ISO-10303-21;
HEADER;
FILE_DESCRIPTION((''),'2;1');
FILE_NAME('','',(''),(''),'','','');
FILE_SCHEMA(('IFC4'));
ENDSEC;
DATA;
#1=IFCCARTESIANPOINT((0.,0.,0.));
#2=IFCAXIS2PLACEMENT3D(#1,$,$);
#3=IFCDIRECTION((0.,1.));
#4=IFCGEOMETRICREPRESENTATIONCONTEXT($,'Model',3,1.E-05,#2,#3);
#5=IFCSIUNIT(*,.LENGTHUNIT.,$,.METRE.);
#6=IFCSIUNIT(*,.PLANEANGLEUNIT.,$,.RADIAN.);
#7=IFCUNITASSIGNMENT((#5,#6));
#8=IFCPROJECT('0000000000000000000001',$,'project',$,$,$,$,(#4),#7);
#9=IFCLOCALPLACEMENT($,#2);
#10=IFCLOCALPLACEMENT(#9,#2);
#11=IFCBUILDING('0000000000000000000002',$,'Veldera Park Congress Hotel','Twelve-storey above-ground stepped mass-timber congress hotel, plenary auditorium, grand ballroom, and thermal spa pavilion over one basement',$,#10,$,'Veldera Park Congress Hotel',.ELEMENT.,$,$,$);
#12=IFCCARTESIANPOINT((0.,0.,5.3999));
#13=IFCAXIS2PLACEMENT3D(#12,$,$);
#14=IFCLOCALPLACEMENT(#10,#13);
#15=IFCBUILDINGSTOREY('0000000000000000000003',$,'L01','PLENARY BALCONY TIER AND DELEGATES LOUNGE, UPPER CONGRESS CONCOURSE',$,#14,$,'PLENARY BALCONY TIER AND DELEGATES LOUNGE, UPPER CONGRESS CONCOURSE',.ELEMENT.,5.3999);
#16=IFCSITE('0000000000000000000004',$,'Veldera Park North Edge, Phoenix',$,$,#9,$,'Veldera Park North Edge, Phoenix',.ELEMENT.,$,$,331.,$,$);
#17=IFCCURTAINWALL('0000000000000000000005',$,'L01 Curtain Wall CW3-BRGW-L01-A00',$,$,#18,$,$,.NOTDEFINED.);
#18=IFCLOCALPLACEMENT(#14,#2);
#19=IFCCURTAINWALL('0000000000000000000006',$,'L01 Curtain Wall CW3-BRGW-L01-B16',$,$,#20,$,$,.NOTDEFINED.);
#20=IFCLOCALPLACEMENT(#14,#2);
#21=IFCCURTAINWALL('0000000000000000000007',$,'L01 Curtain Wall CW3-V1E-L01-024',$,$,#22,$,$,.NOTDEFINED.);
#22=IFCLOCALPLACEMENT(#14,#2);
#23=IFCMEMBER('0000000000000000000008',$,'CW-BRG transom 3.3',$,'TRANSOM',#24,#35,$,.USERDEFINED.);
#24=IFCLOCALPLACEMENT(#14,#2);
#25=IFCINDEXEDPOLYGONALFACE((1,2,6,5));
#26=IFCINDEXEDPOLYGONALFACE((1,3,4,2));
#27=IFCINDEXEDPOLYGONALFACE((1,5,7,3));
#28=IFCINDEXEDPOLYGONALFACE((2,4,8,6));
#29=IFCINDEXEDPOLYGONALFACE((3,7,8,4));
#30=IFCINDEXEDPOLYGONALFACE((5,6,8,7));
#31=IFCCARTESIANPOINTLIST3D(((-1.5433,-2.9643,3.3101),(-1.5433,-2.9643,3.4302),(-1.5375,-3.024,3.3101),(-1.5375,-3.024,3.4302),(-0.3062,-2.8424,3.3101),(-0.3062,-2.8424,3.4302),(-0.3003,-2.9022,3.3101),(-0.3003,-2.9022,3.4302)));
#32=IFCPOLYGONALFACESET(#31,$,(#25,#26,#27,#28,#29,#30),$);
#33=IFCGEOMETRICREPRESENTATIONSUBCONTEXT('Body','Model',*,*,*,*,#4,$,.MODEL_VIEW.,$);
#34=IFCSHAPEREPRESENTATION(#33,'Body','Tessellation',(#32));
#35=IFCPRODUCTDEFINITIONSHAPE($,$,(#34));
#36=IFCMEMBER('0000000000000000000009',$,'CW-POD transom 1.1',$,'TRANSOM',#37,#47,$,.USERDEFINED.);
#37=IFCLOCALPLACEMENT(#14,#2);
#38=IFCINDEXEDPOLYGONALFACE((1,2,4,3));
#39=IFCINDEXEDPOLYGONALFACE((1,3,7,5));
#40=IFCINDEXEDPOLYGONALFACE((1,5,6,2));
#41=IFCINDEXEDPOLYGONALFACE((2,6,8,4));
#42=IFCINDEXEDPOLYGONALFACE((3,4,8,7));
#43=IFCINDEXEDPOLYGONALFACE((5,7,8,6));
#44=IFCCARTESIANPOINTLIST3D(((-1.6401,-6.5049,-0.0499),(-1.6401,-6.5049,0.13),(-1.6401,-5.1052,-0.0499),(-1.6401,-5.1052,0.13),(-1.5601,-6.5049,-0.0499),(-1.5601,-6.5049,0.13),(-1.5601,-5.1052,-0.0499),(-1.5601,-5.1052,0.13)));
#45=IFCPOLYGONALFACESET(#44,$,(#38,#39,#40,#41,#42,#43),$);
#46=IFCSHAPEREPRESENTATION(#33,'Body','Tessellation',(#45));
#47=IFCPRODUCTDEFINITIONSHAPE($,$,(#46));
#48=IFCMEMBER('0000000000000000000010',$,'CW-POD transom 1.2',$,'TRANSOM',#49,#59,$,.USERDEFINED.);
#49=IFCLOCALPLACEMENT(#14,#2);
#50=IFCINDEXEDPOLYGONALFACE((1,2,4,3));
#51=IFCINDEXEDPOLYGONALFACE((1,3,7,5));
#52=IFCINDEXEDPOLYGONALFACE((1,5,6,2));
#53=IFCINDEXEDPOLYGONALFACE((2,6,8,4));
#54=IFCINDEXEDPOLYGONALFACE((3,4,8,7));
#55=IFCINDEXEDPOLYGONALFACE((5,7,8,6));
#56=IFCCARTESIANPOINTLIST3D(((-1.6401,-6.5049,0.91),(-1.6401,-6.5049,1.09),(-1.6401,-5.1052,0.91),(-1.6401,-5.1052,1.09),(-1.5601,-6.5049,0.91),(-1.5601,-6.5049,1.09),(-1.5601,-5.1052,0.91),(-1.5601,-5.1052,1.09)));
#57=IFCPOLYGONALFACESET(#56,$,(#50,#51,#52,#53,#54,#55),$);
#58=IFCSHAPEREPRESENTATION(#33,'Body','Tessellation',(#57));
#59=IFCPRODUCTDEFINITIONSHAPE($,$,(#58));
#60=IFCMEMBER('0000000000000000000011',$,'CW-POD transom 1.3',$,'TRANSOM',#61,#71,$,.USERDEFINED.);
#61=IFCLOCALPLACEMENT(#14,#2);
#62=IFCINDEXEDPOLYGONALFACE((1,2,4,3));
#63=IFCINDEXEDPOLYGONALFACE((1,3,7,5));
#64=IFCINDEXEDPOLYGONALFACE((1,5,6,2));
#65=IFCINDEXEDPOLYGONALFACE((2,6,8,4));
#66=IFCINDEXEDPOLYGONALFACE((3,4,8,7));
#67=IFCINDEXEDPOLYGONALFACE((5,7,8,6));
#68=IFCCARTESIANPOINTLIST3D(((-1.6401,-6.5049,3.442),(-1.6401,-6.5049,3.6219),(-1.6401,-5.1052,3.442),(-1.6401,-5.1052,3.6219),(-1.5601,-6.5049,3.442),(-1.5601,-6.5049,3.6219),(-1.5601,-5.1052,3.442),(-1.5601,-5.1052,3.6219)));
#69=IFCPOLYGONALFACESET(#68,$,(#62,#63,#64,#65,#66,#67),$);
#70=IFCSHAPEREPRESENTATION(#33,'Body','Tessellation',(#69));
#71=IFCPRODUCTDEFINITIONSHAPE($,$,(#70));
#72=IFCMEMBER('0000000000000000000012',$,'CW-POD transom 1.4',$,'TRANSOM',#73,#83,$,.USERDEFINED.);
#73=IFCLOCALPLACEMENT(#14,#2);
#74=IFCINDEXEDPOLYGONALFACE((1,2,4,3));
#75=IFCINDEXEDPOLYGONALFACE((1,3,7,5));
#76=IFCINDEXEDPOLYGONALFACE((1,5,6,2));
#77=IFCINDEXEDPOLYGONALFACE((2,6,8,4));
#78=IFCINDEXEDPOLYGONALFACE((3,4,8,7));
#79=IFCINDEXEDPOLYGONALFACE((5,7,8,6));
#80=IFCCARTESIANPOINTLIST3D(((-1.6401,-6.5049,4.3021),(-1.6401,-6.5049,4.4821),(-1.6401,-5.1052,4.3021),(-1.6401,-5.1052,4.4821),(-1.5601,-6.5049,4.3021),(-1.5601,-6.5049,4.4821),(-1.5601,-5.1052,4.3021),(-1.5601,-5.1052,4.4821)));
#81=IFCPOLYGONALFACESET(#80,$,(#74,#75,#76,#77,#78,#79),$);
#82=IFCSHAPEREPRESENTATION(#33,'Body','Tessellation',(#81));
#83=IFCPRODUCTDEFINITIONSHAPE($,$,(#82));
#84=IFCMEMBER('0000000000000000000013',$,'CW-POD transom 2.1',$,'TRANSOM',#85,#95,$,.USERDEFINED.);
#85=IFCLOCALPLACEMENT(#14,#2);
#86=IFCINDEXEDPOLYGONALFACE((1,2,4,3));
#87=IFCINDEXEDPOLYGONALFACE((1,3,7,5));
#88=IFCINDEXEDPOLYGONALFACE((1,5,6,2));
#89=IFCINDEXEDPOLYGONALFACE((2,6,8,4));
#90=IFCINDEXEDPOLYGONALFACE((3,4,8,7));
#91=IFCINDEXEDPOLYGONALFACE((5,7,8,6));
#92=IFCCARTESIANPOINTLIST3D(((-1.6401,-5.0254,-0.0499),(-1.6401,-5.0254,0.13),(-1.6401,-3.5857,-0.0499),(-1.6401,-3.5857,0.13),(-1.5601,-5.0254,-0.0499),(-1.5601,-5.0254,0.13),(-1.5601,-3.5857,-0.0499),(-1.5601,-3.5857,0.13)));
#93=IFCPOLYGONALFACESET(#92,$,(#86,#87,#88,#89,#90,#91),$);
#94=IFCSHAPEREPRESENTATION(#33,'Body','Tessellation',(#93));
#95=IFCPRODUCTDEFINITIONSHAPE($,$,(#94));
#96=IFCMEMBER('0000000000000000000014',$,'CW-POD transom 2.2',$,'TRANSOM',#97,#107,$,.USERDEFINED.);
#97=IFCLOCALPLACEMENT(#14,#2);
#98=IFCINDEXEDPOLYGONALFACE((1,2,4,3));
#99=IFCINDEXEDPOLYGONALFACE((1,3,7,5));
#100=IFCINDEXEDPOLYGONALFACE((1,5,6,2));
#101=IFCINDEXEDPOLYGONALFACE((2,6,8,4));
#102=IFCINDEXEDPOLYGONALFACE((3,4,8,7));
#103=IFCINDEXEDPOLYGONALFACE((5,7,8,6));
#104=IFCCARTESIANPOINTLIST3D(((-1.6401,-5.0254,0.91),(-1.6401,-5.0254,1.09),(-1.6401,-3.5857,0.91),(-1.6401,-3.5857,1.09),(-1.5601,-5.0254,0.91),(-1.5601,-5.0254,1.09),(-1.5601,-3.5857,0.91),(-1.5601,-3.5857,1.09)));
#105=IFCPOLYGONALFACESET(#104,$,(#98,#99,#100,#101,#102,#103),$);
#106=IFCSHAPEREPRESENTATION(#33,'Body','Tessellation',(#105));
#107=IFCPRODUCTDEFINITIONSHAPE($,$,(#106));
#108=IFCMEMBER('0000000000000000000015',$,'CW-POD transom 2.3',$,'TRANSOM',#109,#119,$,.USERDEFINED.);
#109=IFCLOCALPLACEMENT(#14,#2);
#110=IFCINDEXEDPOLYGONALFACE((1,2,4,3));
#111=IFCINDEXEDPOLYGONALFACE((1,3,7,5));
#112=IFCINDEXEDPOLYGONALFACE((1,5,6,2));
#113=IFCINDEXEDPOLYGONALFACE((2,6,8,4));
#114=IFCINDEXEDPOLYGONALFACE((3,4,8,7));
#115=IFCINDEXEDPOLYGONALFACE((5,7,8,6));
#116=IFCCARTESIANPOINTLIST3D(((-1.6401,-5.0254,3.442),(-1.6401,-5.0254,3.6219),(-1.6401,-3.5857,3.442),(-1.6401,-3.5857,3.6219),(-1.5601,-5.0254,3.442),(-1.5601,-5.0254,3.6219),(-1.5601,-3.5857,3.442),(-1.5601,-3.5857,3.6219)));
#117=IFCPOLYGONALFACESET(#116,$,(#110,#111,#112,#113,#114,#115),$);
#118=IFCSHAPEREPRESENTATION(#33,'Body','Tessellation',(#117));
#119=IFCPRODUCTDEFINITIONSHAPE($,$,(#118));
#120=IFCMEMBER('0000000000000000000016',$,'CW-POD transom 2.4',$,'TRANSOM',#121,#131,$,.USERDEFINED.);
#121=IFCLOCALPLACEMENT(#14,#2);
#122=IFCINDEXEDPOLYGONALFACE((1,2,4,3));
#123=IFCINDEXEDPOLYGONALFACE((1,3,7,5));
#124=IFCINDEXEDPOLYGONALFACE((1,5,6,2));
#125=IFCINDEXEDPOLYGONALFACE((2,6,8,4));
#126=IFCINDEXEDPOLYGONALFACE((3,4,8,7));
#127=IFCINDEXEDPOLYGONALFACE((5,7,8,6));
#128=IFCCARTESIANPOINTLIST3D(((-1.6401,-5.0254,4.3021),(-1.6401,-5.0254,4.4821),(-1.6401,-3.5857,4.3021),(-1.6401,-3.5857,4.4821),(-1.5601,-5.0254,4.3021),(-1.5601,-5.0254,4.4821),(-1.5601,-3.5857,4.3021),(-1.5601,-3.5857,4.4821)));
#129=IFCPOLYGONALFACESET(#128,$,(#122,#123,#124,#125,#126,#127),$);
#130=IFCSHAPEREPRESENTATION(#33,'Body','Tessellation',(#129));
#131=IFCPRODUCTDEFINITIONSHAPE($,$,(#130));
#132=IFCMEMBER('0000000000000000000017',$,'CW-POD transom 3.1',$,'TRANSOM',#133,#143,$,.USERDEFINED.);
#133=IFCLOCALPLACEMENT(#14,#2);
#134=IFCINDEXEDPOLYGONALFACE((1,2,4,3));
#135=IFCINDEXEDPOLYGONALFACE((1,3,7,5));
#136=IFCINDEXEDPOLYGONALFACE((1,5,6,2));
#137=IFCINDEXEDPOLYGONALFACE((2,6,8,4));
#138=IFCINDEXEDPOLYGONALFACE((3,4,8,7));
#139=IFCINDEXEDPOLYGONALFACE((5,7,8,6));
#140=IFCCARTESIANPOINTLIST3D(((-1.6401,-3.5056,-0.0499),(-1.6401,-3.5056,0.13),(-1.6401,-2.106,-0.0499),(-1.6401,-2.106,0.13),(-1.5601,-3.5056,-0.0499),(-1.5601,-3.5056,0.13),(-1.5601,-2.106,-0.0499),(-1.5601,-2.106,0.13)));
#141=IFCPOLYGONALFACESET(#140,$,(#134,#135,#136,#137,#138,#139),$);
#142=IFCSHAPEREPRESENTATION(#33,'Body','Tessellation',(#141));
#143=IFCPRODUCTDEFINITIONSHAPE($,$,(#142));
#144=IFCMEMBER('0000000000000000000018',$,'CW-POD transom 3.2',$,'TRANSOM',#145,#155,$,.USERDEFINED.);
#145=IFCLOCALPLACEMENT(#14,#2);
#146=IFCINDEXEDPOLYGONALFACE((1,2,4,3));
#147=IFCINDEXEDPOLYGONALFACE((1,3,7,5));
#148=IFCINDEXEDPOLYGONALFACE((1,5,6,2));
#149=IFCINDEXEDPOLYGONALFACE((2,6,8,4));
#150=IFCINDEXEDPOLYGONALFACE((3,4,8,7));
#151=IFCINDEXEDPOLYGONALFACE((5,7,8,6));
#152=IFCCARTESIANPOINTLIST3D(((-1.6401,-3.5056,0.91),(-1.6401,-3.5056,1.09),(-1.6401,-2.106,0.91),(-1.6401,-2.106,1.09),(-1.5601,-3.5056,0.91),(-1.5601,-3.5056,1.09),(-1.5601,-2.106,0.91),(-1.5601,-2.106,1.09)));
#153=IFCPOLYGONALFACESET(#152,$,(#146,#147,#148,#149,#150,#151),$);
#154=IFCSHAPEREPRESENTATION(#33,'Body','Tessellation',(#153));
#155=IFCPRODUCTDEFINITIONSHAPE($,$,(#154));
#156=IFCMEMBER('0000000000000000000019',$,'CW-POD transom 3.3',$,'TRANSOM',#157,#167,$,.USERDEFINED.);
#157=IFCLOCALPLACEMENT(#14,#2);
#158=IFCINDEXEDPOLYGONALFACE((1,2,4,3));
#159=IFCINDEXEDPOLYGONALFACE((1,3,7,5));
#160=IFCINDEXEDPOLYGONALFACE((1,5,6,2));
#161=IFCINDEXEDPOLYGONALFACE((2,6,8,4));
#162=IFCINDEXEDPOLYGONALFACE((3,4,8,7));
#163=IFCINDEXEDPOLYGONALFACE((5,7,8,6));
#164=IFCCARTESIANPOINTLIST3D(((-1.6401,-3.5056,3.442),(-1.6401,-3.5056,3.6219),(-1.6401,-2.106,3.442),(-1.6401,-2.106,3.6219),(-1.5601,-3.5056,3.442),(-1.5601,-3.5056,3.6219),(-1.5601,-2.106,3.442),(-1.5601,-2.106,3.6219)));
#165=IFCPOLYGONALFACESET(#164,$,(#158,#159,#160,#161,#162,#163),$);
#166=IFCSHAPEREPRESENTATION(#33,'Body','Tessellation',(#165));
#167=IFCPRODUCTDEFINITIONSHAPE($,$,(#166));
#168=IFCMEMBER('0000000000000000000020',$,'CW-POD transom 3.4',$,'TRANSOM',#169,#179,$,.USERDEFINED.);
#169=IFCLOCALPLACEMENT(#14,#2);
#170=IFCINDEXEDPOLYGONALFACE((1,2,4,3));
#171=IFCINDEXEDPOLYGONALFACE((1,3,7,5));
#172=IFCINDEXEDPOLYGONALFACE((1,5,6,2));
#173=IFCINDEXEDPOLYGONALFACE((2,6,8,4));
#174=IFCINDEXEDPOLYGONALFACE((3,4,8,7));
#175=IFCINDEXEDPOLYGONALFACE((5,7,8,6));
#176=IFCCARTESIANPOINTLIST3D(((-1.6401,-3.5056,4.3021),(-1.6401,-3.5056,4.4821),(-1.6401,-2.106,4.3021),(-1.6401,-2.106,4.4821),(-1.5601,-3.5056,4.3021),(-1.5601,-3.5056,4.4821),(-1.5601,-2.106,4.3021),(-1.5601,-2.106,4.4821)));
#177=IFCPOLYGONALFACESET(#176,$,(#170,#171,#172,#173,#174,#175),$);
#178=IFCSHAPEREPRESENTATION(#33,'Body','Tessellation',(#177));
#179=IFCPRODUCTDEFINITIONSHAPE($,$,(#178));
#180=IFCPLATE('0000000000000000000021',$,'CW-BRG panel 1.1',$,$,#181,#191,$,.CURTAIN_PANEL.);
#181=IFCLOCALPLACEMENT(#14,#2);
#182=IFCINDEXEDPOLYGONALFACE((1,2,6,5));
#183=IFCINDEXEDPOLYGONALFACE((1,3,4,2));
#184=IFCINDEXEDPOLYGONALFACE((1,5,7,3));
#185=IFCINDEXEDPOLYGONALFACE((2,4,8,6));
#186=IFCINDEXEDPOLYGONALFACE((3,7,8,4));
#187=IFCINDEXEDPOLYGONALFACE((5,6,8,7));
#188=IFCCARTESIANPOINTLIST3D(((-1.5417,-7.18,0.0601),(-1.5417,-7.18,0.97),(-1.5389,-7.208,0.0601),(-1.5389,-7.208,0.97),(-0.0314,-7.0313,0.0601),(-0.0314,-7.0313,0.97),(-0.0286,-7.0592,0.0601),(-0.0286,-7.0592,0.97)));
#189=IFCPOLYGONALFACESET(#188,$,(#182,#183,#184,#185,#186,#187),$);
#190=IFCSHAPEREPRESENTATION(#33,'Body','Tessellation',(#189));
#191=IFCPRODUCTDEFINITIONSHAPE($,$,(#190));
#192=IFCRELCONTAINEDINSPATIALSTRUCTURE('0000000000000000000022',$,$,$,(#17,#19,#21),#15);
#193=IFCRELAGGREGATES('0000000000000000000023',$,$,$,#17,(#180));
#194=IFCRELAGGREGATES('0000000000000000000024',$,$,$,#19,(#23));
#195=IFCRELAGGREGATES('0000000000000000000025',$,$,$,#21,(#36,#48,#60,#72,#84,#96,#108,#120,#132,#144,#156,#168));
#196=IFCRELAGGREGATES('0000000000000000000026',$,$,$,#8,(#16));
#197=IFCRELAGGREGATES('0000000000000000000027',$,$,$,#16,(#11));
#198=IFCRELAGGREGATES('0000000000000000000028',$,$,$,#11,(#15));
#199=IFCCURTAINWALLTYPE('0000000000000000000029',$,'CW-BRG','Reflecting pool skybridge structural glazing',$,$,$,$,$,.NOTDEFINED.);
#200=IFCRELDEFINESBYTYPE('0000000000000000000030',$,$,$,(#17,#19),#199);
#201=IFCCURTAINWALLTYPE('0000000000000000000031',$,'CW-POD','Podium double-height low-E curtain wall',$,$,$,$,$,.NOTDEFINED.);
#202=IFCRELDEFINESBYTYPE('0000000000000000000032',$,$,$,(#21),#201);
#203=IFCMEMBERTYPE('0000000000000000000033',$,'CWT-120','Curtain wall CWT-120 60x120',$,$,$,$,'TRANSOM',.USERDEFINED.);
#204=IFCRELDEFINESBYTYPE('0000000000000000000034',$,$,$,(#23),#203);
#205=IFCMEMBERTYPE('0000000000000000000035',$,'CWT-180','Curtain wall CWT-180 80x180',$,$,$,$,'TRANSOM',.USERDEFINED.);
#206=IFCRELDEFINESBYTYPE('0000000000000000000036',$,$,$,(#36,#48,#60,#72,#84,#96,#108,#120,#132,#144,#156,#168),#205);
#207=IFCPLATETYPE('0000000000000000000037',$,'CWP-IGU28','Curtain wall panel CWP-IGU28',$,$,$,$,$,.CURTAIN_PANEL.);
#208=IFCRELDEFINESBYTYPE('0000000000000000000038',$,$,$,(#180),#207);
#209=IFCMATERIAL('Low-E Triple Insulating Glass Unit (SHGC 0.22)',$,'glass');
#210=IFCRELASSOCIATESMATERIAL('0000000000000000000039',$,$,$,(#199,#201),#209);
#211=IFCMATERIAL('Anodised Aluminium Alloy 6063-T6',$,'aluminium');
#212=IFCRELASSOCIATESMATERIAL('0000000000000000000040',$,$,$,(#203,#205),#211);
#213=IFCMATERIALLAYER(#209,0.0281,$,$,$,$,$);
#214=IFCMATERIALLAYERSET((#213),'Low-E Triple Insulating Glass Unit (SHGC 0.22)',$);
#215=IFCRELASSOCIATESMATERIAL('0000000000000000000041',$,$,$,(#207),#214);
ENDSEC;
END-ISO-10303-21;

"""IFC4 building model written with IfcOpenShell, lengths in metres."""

from ifc_helpers import new_model, si_unit, direction, frame, origin, origin_2d, place, context, subcontext, project, spatial, rectangle, extrude, material, layer, layer_set, material_profile, profile_set, type_object, element, aggregate, save


model = new_model("IFC4")

# Units and contexts
model_context = context("Model", 3, precision=1e-05, world=origin(), true_north=direction((0.0, 1.0)))
body_context = subcontext(model_context, "Body", "Model", "MODEL_VIEW")
ifc_project = project(units=[si_unit("LENGTHUNIT", "METRE"), si_unit("PLANEANGLEUNIT", "RADIAN")], contexts=[model_context])

# Site, building, storey
site_placement = place(None, origin())
site = spatial("IfcSite", under=ifc_project, at=site_placement, Name="Veldera Park North Edge, Phoenix", LongName="Veldera Park North Edge, Phoenix", CompositionType="ELEMENT", RefElevation=331.0)
building_placement = place(site_placement, origin())
building = spatial("IfcBuilding", under=site, at=building_placement, Name="Veldera Park Congress Hotel", Description="Twelve-storey above-ground stepped mass-timber congress hotel, plenary auditorium, grand ballroom, and thermal spa pavilion over one basement", LongName="Veldera Park Congress Hotel", CompositionType="ELEMENT")
storey_placement = place(building_placement, frame((0.0, 0.0, 5.3999)))
storey = spatial("IfcBuildingStorey", under=building, at=storey_placement, Name="L01", Description="PLENARY BALCONY TIER AND DELEGATES LOUNGE, UPPER CONGRESS CONCOURSE", LongName="PLENARY BALCONY TIER AND DELEGATES LOUNGE, UPPER CONGRESS CONCOURSE", CompositionType="ELEMENT", Elevation=5.3999)

# Curtain wall
ifc_material_1 = material(Name="Low-E Triple Insulating Glass Unit (SHGC 0.22)", Category="glass")
curtain_wall_type_1 = type_object("IfcCurtainWallType", Name="CW-BRG", Description="Reflecting pool skybridge structural glazing", PredefinedType="NOTDEFINED", material=ifc_material_1)
curtain_wall_1_placement = place(storey_placement, origin())
curtain_wall_1 = element("IfcCurtainWall", 1, at=curtain_wall_1_placement, inside=storey, type_object=curtain_wall_type_1, Name="L01 Curtain Wall CW3-BRGW-L01-A00", PredefinedType="NOTDEFINED")
ifc_material_2 = material(Name="Anodised Aluminium Alloy 6063-T6", Category="aluminium")

# Curtain wall
curtain_wall_2_placement = place(storey_placement, origin())
curtain_wall_2 = element("IfcCurtainWall", 2, at=curtain_wall_2_placement, inside=storey, type_object=curtain_wall_type_1, Name="L01 Curtain Wall CW3-BRGW-L01-B16", PredefinedType="NOTDEFINED")

# Shared definitions
curtain_wall_type_2 = type_object("IfcCurtainWallType", Name="CW-POD", Description="Podium double-height low-E curtain wall", PredefinedType="NOTDEFINED", material=ifc_material_1)

# Curtain wall
curtain_wall_3_placement = place(storey_placement, origin())
curtain_wall_3 = element("IfcCurtainWall", 3, at=curtain_wall_3_placement, inside=storey, type_object=curtain_wall_type_2, Name="L01 Curtain Wall CW3-V1E-L01-024", PredefinedType="NOTDEFINED")

# Members
ifc_material_profile_1 = material_profile(ifc_material_2, rectangle(XDim=0.0601, YDim=0.1201, at=origin_2d()), Name="ALU 60x120")
ifc_profile_set_1 = profile_set([ifc_material_profile_1], Name="Anodised Aluminium Alloy 6063-T6")
member_type_1 = type_object("IfcMemberType", Name="CWT-120", Description="Curtain wall CWT-120 60x120", ElementType="TRANSOM", PredefinedType="USERDEFINED", material=ifc_profile_set_1)
member_1_placement = place(storey_placement, frame((-0.3032, -2.8723, 3.3701), z_axis=(-0.995186, -0.098006, 0.0), x_axis=(0.098006, -0.995186, 0.0)))
member_1 = element("IfcMember", 4, at=member_1_placement, type_object=member_type_1, Name="CW-BRG transom 3.3", ObjectType="TRANSOM", PredefinedType="USERDEFINED", context=body_context, shape_type="SweptSolid", body=[
    extrude(rectangle(XDim=0.0601, YDim=0.1201, at=origin_2d()), origin(), (0.0, 0.0, 1.0), 1.2432),
])
ifc_material_profile_2 = material_profile(ifc_material_2, rectangle(XDim=0.0801, YDim=0.1799, at=origin_2d()), Name="ALU 80x180")
ifc_profile_set_2 = profile_set([ifc_material_profile_2], Name="Anodised Aluminium Alloy 6063-T6")
member_type_2 = type_object("IfcMemberType", Name="CWT-180", Description="Curtain wall CWT-180 80x180", ElementType="TRANSOM", PredefinedType="USERDEFINED", material=ifc_profile_set_2)
member_2_placement = place(storey_placement, frame((-1.6001, -6.5049, 0.04), z_axis=(0.0, 1.0, 0.0), x_axis=(-1.0, 0.0, 0.0)))
member_2 = element("IfcMember", 5, at=member_2_placement, type_object=member_type_2, Name="CW-POD transom 1.1", ObjectType="TRANSOM", PredefinedType="USERDEFINED", context=body_context, shape_type="SweptSolid", body=[
    extrude(rectangle(XDim=0.0801, YDim=0.1799, at=origin_2d()), origin(), (0.0, 0.0, 1.0), 1.3997),
])
member_3_placement = place(storey_placement, frame((-1.6001, -6.5049, 1.0), z_axis=(0.0, 1.0, 0.0), x_axis=(-1.0, 0.0, 0.0)))
member_3 = element("IfcMember", 6, at=member_3_placement, type_object=member_type_2, Name="CW-POD transom 1.2", ObjectType="TRANSOM", PredefinedType="USERDEFINED", context=body_context, shape_type="SweptSolid", body=[
    extrude(rectangle(XDim=0.0801, YDim=0.1799, at=origin_2d()), origin(), (0.0, 0.0, 1.0), 1.3997),
])
member_4_placement = place(storey_placement, frame((-1.6001, -6.5049, 3.532), z_axis=(0.0, 1.0, 0.0), x_axis=(-1.0, 0.0, 0.0)))
member_4 = element("IfcMember", 7, at=member_4_placement, type_object=member_type_2, Name="CW-POD transom 1.3", ObjectType="TRANSOM", PredefinedType="USERDEFINED", context=body_context, shape_type="SweptSolid", body=[
    extrude(rectangle(XDim=0.0801, YDim=0.1799, at=origin_2d()), origin(), (0.0, 0.0, 1.0), 1.3997),
])
member_5_placement = place(storey_placement, frame((-1.6001, -6.5049, 4.3921), z_axis=(0.0, 1.0, 0.0), x_axis=(-1.0, 0.0, 0.0)))
member_5 = element("IfcMember", 8, at=member_5_placement, type_object=member_type_2, Name="CW-POD transom 1.4", ObjectType="TRANSOM", PredefinedType="USERDEFINED", context=body_context, shape_type="SweptSolid", body=[
    extrude(rectangle(XDim=0.0801, YDim=0.1799, at=origin_2d()), origin(), (0.0, 0.0, 1.0), 1.3997),
])
member_6_placement = place(storey_placement, frame((-1.6001, -5.0254, 0.04), z_axis=(0.0, 1.0, 0.0), x_axis=(-1.0, 0.0, 0.0)))
member_6 = element("IfcMember", 9, at=member_6_placement, type_object=member_type_2, Name="CW-POD transom 2.1", ObjectType="TRANSOM", PredefinedType="USERDEFINED", context=body_context, shape_type="SweptSolid", body=[
    extrude(rectangle(XDim=0.0801, YDim=0.1799, at=origin_2d()), origin(), (0.0, 0.0, 1.0), 1.4397),
])
member_7_placement = place(storey_placement, frame((-1.6001, -5.0254, 1.0), z_axis=(0.0, 1.0, 0.0), x_axis=(-1.0, 0.0, 0.0)))
member_7 = element("IfcMember", 10, at=member_7_placement, type_object=member_type_2, Name="CW-POD transom 2.2", ObjectType="TRANSOM", PredefinedType="USERDEFINED", context=body_context, shape_type="SweptSolid", body=[
    extrude(rectangle(XDim=0.0801, YDim=0.1799, at=origin_2d()), origin(), (0.0, 0.0, 1.0), 1.4397),
])
member_8_placement = place(storey_placement, frame((-1.6001, -5.0254, 3.532), z_axis=(0.0, 1.0, 0.0), x_axis=(-1.0, 0.0, 0.0)))
member_8 = element("IfcMember", 11, at=member_8_placement, type_object=member_type_2, Name="CW-POD transom 2.3", ObjectType="TRANSOM", PredefinedType="USERDEFINED", context=body_context, shape_type="SweptSolid", body=[
    extrude(rectangle(XDim=0.0801, YDim=0.1799, at=origin_2d()), origin(), (0.0, 0.0, 1.0), 1.4397),
])
member_9_placement = place(storey_placement, frame((-1.6001, -5.0254, 4.3921), z_axis=(0.0, 1.0, 0.0), x_axis=(-1.0, 0.0, 0.0)))
member_9 = element("IfcMember", 12, at=member_9_placement, type_object=member_type_2, Name="CW-POD transom 2.4", ObjectType="TRANSOM", PredefinedType="USERDEFINED", context=body_context, shape_type="SweptSolid", body=[
    extrude(rectangle(XDim=0.0801, YDim=0.1799, at=origin_2d()), origin(), (0.0, 0.0, 1.0), 1.4397),
])
member_10_placement = place(storey_placement, frame((-1.6001, -3.5056, 0.04), z_axis=(0.0, 1.0, 0.0), x_axis=(-1.0, 0.0, 0.0)))
member_10 = element("IfcMember", 13, at=member_10_placement, type_object=member_type_2, Name="CW-POD transom 3.1", ObjectType="TRANSOM", PredefinedType="USERDEFINED", context=body_context, shape_type="SweptSolid", body=[
    extrude(rectangle(XDim=0.0801, YDim=0.1799, at=origin_2d()), origin(), (0.0, 0.0, 1.0), 1.3997),
])
member_11_placement = place(storey_placement, frame((-1.6001, -3.5056, 1.0), z_axis=(0.0, 1.0, 0.0), x_axis=(-1.0, 0.0, 0.0)))
member_11 = element("IfcMember", 14, at=member_11_placement, type_object=member_type_2, Name="CW-POD transom 3.2", ObjectType="TRANSOM", PredefinedType="USERDEFINED", context=body_context, shape_type="SweptSolid", body=[
    extrude(rectangle(XDim=0.0801, YDim=0.1799, at=origin_2d()), origin(), (0.0, 0.0, 1.0), 1.3997),
])
member_12_placement = place(storey_placement, frame((-1.6001, -3.5056, 3.532), z_axis=(0.0, 1.0, 0.0), x_axis=(-1.0, 0.0, 0.0)))
member_12 = element("IfcMember", 15, at=member_12_placement, type_object=member_type_2, Name="CW-POD transom 3.3", ObjectType="TRANSOM", PredefinedType="USERDEFINED", context=body_context, shape_type="SweptSolid", body=[
    extrude(rectangle(XDim=0.0801, YDim=0.1799, at=origin_2d()), origin(), (0.0, 0.0, 1.0), 1.3997),
])
member_13_placement = place(storey_placement, frame((-1.6001, -3.5056, 4.3921), z_axis=(0.0, 1.0, 0.0), x_axis=(-1.0, 0.0, 0.0)))
member_13 = element("IfcMember", 16, at=member_13_placement, type_object=member_type_2, Name="CW-POD transom 3.4", ObjectType="TRANSOM", PredefinedType="USERDEFINED", context=body_context, shape_type="SweptSolid", body=[
    extrude(rectangle(XDim=0.0801, YDim=0.1799, at=origin_2d()), origin(), (0.0, 0.0, 1.0), 1.3997),
])

# Plate
ifc_layer_1 = layer(ifc_material_1, 0.0281)
ifc_layer_set_1 = layer_set([ifc_layer_1], Name="Low-E Triple Insulating Glass Unit (SHGC 0.22)")
plate_type_1 = type_object("IfcPlateType", Name="CWP-IGU28", Description="Curtain wall panel CWP-IGU28", PredefinedType="CURTAIN_PANEL", material=ifc_layer_set_1)
plate_1_placement = place(storey_placement, frame((-0.7852, -7.1196, 0.0601), z_axis=(0.0, 0.0, 1.0), x_axis=(0.995184, 0.098021, 0.0)))
plate_1 = element("IfcPlate", 17, at=plate_1_placement, type_object=plate_type_1, Name="CW-BRG panel 1.1", PredefinedType="CURTAIN_PANEL", context=body_context, shape_type="SweptSolid", body=[
    extrude(rectangle(XDim=1.5176, YDim=0.0281, at=origin_2d()), origin(), (0.0, 0.0, 1.0), 0.9099),
])
aggregate(curtain_wall_1, [plate_1])
aggregate(curtain_wall_2, [member_1])
aggregate(curtain_wall_3, [member_2, member_3, member_4, member_5, member_6, member_7, member_8, member_9, member_10, member_11, member_12, member_13])

save(model, "model.ifc")
